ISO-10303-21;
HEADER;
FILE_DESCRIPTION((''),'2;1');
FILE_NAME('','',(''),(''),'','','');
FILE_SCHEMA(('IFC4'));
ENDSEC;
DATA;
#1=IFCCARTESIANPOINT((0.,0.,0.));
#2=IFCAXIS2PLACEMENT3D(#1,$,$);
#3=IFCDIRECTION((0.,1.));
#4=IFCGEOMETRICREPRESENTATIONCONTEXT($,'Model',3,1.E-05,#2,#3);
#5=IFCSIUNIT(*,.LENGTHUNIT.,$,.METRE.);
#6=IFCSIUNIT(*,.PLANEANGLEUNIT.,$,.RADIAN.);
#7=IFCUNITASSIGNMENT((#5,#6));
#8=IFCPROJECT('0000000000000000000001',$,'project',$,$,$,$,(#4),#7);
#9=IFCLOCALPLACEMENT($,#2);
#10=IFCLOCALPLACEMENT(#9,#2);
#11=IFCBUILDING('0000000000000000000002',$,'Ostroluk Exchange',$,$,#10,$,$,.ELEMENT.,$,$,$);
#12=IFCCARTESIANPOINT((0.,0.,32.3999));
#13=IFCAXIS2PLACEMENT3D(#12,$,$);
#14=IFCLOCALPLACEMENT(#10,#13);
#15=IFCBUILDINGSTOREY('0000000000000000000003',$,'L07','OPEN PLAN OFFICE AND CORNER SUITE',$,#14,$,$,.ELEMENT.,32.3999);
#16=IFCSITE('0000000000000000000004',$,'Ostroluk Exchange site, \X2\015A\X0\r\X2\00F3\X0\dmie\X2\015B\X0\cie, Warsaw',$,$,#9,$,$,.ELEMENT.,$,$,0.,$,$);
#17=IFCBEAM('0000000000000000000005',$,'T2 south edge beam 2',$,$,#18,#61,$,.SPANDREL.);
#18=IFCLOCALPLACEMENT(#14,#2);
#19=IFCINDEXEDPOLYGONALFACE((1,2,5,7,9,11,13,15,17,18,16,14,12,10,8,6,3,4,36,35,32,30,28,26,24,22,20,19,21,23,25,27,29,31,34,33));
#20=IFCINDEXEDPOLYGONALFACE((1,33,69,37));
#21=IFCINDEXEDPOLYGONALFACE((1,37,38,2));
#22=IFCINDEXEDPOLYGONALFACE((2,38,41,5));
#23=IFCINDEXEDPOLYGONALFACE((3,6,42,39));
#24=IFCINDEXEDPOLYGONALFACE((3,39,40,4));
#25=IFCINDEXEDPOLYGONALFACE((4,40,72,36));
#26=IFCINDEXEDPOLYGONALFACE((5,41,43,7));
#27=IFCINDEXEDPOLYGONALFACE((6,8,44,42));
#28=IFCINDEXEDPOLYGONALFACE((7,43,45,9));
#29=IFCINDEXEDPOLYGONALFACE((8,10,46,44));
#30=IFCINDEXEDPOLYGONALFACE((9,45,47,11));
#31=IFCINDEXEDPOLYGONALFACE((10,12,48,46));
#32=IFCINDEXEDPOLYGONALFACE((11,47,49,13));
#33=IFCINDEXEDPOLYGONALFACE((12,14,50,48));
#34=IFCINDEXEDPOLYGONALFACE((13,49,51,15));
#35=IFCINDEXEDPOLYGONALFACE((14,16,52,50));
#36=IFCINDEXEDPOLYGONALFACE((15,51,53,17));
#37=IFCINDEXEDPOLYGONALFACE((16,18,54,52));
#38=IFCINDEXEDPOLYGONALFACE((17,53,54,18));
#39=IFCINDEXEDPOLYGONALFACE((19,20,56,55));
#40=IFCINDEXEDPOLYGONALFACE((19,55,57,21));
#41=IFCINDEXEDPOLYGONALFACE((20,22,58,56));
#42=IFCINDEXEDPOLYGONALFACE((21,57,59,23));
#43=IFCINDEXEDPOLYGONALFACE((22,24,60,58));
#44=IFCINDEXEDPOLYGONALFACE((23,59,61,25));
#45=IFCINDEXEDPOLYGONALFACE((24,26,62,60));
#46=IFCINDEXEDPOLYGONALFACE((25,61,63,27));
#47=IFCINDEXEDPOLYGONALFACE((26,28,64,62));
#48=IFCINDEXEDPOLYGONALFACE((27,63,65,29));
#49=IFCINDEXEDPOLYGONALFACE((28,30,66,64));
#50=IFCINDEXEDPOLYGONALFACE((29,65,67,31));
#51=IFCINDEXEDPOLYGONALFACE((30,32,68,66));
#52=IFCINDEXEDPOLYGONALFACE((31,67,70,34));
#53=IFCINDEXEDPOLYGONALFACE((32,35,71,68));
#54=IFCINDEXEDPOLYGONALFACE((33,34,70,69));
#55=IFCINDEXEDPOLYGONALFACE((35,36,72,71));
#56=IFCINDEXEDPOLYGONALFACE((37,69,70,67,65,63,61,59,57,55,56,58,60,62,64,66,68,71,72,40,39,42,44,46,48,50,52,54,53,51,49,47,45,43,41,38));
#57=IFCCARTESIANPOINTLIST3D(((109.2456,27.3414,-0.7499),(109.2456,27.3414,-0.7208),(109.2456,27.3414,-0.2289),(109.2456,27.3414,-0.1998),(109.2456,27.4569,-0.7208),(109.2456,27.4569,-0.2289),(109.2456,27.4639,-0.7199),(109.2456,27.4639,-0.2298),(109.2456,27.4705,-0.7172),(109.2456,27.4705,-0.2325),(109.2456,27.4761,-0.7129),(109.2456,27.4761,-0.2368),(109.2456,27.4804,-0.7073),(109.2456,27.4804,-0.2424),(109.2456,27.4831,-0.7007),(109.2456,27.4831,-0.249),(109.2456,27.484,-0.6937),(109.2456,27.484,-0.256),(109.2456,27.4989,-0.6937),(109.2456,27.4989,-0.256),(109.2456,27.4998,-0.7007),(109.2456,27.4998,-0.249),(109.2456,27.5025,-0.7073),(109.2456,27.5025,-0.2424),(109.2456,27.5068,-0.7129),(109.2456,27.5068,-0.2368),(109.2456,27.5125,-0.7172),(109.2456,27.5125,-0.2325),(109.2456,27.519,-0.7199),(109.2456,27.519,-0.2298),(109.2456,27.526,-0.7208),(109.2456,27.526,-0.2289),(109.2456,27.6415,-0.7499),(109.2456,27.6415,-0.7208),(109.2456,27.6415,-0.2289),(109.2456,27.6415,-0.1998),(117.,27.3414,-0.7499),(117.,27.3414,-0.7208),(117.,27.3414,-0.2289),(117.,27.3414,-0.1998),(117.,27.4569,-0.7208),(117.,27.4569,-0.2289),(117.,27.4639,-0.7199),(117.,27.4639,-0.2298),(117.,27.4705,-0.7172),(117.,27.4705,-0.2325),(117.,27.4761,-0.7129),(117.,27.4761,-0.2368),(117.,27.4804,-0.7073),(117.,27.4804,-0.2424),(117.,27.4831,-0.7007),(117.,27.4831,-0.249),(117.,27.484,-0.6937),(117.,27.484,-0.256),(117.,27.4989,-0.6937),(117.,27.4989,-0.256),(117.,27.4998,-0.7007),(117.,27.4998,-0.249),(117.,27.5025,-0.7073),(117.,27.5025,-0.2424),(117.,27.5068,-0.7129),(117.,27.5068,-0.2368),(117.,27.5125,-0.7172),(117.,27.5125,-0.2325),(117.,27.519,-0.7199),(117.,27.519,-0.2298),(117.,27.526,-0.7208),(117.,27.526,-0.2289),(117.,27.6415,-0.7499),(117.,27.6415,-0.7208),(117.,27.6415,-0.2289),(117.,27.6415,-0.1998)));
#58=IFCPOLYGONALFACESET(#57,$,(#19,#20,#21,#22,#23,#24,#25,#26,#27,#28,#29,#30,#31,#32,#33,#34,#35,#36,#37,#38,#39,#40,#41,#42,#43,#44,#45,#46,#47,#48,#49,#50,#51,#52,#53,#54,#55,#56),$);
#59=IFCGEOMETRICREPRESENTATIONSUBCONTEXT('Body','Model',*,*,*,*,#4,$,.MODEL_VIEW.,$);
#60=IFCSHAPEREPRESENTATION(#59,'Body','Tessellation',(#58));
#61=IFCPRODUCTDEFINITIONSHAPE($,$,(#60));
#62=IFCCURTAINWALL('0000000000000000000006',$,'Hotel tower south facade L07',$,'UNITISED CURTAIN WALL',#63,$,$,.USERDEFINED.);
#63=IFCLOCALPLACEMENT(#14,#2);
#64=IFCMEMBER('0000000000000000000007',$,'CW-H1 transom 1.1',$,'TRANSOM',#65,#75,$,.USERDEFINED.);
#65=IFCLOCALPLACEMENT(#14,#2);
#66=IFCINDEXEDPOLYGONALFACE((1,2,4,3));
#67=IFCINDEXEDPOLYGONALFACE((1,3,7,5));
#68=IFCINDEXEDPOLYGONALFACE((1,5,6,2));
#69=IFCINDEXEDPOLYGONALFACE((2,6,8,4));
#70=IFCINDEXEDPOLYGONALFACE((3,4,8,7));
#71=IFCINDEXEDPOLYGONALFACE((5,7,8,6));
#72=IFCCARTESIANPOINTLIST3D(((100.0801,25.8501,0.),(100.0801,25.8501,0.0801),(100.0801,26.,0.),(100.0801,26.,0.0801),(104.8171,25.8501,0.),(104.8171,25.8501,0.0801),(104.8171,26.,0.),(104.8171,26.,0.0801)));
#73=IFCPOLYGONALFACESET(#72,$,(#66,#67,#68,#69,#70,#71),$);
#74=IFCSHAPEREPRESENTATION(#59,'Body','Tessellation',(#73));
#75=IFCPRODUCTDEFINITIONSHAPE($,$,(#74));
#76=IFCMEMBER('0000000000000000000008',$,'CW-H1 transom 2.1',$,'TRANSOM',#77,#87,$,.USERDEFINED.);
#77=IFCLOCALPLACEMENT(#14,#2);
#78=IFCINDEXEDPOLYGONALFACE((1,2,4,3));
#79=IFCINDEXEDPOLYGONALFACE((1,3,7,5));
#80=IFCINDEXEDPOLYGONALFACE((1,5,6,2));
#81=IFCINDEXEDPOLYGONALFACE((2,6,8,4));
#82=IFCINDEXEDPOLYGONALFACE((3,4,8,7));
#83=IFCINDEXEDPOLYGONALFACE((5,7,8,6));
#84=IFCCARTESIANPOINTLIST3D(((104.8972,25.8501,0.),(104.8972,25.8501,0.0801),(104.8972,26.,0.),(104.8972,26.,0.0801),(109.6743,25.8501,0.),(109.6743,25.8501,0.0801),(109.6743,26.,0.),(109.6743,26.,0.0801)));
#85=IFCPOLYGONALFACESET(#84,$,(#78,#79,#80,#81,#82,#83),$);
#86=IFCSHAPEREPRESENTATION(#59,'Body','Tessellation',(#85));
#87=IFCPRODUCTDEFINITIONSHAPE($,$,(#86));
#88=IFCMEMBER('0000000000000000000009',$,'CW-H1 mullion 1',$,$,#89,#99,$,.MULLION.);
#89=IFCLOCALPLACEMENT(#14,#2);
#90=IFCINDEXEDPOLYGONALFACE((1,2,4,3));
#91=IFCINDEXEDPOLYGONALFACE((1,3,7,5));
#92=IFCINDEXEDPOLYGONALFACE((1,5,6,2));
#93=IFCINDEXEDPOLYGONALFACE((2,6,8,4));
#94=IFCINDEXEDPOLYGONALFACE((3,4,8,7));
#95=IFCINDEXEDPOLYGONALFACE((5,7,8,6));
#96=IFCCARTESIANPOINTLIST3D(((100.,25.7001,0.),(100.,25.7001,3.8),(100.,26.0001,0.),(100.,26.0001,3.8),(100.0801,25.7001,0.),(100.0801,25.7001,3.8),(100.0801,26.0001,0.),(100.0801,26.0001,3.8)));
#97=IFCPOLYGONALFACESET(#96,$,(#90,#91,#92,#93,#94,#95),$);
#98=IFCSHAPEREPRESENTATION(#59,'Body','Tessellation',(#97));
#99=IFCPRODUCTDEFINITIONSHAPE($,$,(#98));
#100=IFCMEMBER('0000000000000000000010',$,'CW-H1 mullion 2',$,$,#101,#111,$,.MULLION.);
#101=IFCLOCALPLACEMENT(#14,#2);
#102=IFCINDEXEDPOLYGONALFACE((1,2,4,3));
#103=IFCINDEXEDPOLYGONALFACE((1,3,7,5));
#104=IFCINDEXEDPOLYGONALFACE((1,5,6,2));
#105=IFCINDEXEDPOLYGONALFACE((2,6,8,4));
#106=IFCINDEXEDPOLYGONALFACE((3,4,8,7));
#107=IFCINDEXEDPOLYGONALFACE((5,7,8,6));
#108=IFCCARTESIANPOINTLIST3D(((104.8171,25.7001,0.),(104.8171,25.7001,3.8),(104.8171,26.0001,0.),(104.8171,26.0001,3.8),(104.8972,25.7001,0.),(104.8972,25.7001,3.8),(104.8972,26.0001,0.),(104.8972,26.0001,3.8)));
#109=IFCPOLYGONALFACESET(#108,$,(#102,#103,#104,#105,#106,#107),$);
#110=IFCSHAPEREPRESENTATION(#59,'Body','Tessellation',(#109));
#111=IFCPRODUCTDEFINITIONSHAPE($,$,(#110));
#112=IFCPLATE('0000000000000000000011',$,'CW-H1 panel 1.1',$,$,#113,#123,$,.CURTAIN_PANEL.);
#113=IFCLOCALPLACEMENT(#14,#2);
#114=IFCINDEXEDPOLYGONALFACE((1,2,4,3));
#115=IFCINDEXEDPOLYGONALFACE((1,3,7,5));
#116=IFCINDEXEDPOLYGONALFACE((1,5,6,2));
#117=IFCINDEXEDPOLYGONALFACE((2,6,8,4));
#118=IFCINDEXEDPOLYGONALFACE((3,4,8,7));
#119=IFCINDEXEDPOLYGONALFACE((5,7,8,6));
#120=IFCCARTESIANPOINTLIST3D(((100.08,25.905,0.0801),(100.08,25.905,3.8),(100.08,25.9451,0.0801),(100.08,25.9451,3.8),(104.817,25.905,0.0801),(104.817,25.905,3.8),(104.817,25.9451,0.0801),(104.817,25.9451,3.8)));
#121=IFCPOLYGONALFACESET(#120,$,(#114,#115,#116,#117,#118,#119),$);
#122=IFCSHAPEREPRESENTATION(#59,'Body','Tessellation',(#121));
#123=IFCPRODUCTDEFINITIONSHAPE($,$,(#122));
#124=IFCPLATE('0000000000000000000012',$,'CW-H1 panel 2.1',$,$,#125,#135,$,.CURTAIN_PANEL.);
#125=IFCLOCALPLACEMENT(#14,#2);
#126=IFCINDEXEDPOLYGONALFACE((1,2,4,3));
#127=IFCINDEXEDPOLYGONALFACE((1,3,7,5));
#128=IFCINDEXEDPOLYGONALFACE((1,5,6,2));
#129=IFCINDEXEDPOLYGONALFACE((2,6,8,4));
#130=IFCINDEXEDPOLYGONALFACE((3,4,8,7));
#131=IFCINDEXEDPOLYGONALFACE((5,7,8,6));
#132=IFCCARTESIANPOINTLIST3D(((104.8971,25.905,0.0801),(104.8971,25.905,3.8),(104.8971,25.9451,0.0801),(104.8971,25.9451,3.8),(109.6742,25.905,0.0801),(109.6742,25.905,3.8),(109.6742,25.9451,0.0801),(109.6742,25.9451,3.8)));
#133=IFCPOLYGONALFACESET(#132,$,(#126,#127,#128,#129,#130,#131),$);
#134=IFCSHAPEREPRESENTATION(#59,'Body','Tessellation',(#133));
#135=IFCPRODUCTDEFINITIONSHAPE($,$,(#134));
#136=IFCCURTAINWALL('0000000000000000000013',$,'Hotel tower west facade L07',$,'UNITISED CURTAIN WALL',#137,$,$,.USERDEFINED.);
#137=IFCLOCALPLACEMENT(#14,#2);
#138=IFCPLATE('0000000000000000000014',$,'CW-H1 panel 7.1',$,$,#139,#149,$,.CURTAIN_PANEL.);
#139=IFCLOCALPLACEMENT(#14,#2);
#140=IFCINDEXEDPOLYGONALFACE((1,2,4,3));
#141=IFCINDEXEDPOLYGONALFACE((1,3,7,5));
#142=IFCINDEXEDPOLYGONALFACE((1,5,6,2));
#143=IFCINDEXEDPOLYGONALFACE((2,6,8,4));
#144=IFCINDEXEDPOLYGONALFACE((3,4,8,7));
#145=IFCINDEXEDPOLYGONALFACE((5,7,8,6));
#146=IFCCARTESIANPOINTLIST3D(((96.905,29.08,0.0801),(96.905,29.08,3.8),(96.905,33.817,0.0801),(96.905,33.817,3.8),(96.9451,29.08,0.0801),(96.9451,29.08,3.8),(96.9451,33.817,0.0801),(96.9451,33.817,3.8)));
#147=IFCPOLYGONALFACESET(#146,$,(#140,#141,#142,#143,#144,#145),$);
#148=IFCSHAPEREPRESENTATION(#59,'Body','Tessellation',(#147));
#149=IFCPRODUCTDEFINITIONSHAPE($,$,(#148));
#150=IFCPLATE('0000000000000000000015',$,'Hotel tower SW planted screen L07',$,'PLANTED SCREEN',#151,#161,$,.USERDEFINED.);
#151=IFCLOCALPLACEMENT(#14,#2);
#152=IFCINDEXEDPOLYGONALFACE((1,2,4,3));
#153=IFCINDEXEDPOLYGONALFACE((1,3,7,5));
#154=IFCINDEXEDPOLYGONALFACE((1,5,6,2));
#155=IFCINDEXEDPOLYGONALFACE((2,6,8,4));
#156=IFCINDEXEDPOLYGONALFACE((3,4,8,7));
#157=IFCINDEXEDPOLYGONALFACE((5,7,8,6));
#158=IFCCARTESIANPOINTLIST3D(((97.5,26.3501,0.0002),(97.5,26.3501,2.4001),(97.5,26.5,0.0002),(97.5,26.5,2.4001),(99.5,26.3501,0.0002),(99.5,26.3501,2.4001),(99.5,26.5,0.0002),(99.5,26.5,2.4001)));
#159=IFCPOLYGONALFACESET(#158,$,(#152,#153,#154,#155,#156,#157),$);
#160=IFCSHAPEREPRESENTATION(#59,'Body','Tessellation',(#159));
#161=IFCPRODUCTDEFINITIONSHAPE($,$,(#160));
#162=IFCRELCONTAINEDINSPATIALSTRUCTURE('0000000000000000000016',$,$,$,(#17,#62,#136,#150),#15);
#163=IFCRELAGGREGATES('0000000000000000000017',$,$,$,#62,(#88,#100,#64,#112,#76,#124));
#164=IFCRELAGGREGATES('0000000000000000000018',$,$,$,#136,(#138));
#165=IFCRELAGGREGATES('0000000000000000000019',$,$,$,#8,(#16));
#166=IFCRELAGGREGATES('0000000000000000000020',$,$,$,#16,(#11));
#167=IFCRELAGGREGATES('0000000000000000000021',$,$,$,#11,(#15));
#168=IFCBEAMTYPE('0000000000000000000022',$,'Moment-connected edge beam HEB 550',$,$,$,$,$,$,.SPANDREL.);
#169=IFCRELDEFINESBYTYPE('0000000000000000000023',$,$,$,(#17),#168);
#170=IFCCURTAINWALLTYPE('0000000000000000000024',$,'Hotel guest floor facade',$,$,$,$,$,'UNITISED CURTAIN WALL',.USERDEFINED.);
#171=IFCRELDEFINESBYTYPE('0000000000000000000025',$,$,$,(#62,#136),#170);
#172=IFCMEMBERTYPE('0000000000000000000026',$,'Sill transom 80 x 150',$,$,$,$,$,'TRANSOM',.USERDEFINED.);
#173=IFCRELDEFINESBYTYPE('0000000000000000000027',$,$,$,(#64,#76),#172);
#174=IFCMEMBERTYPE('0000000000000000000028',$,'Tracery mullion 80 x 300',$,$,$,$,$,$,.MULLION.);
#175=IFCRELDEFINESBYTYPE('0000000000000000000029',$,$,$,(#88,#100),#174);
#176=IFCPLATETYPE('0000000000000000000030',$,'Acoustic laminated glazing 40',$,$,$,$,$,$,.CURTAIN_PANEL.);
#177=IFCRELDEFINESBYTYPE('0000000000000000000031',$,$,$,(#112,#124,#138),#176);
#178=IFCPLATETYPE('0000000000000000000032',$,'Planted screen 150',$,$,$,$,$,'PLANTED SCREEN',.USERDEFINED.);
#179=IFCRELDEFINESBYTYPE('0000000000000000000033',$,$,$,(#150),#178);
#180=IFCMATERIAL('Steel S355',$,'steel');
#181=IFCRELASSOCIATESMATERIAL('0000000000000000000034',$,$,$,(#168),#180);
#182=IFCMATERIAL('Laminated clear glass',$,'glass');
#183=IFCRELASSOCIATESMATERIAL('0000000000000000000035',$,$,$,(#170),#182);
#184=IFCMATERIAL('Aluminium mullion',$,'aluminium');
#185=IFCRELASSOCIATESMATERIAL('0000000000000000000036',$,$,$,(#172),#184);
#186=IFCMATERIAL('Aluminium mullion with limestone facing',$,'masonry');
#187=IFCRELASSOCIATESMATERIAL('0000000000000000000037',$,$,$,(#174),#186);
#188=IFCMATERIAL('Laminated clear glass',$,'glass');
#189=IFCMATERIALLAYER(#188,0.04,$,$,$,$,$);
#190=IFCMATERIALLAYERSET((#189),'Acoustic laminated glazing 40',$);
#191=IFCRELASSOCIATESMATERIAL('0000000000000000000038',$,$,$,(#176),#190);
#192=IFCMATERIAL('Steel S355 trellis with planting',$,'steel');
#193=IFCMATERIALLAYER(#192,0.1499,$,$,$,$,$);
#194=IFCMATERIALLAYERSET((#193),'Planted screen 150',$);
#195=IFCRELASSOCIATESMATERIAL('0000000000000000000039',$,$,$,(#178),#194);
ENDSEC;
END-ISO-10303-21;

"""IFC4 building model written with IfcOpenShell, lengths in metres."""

from ifc_helpers import new_model, si_unit, direction, frame, origin, origin_2d, place, context, subcontext, project, spatial, rectangle, i_section, extrude, material, layer, layer_set, material_profile, profile_set, type_object, element, aggregate, save


model = new_model("IFC4")

# Units and contexts
model_context = context("Model", 3, precision=1e-05, world=origin(), true_north=direction((0.0, 1.0)))
body_context = subcontext(model_context, "Body", "Model", "MODEL_VIEW")
ifc_project = project(units=[si_unit("LENGTHUNIT", "METRE"), si_unit("PLANEANGLEUNIT", "RADIAN")], contexts=[model_context])

# Site, building, storey
site_placement = place(None, origin())
site = spatial("IfcSite", under=ifc_project, at=site_placement, Name="Ostroluk Exchange site, Śródmieście, Warsaw", CompositionType="ELEMENT", RefElevation=0.0)
building_placement = place(site_placement, origin())
building = spatial("IfcBuilding", under=site, at=building_placement, Name="Ostroluk Exchange", CompositionType="ELEMENT")
storey_placement = place(building_placement, frame((0.0, 0.0, 32.3999)))
storey = spatial("IfcBuildingStorey", under=building, at=storey_placement, Name="L07", Description="OPEN PLAN OFFICE AND CORNER SUITE", CompositionType="ELEMENT", Elevation=32.3999)

# Beam
ifc_material_1 = material(Name="Steel S355", Category="steel")
ifc_material_profile_1 = material_profile(ifc_material_1, i_section(OverallWidth=0.3, OverallDepth=0.55, WebThickness=0.0149, FlangeThickness=0.0291, FilletRadius=0.0271, at=origin_2d()), Name="HEB 550")
ifc_profile_set_1 = profile_set([ifc_material_profile_1], Name="Steel S355")
beam_type_1 = type_object("IfcBeamType", Name="Moment-connected edge beam HEB 550", PredefinedType="SPANDREL", material=ifc_profile_set_1)
beam_1_placement = place(storey_placement, frame((109.2456, 27.4915, -0.4749), z_axis=(1.0, 0.0, 0.0), x_axis=(0.0, 1.0, 0.0)))
element("IfcBeam", 1, at=beam_1_placement, inside=storey, type_object=beam_type_1, Name="T2 south edge beam 2", PredefinedType="SPANDREL", context=body_context, shape_type="SweptSolid", body=[
    extrude(i_section(OverallWidth=0.3, OverallDepth=0.55, WebThickness=0.0149, FlangeThickness=0.0291, FilletRadius=0.0271, at=origin_2d()), origin(), (0.0, 0.0, 1.0), 7.7544),
])

# Curtain wall, members, plates
ifc_material_2 = material(Name="Laminated clear glass", Category="glass")
curtain_wall_type = type_object("IfcCurtainWallType", Name="Hotel guest floor facade", ElementType="UNITISED CURTAIN WALL", PredefinedType="USERDEFINED", material=ifc_material_2)
curtain_wall_1_placement = place(storey_placement, origin())
curtain_wall_1 = element("IfcCurtainWall", 2, at=curtain_wall_1_placement, inside=storey, type_object=curtain_wall_type, Name="Hotel tower south facade L07", ObjectType="UNITISED CURTAIN WALL", PredefinedType="USERDEFINED")
ifc_material_3 = material(Name="Aluminium mullion", Category="aluminium")
ifc_material_profile_2 = material_profile(ifc_material_3, rectangle(XDim=0.1499, YDim=0.0801, at=origin_2d()), Name="Sill transom 80 x 150")
ifc_profile_set_2 = profile_set([ifc_material_profile_2], Name="Aluminium mullion")
member_type_1 = type_object("IfcMemberType", Name="Sill transom 80 x 150", ElementType="TRANSOM", PredefinedType="USERDEFINED", material=ifc_profile_set_2)
member_1_placement = place(storey_placement, frame((100.0801, 25.925, 0.04), z_axis=(1.0, 0.0, 0.0), x_axis=(0.0, 1.0, 0.0)))
member_1 = element("IfcMember", 3, at=member_1_placement, type_object=member_type_1, Name="CW-H1 transom 1.1", ObjectType="TRANSOM", PredefinedType="USERDEFINED", context=body_context, shape_type="SweptSolid", body=[
    extrude(rectangle(XDim=0.1499, YDim=0.0801, at=origin_2d()), origin(), (0.0, 0.0, 1.0), 4.7371),
])
member_2_placement = place(storey_placement, frame((104.8972, 25.925, 0.04), z_axis=(1.0, 0.0, 0.0), x_axis=(0.0, 1.0, 0.0)))
member_2 = element("IfcMember", 4, at=member_2_placement, type_object=member_type_1, Name="CW-H1 transom 2.1", ObjectType="TRANSOM", PredefinedType="USERDEFINED", context=body_context, shape_type="SweptSolid", body=[
    extrude(rectangle(XDim=0.1499, YDim=0.0801, at=origin_2d()), origin(), (0.0, 0.0, 1.0), 4.7771),
])
ifc_material_4 = material(Name="Aluminium mullion with limestone facing", Category="masonry")
ifc_material_profile_3 = material_profile(ifc_material_4, rectangle(XDim=0.3, YDim=0.0801, at=origin_2d()), Name="Tracery mullion 80 x 300")
ifc_profile_set_3 = profile_set([ifc_material_profile_3], Name="Aluminium mullion with limestone facing")
member_type_2 = type_object("IfcMemberType", Name="Tracery mullion 80 x 300", PredefinedType="MULLION", material=ifc_profile_set_3)
member_3_placement = place(storey_placement, frame((100.04, 25.8501, 0.0), z_axis=(0.0, 0.0, 1.0), x_axis=(0.0, 1.0, 0.0)))
member_3 = element("IfcMember", 5, at=member_3_placement, type_object=member_type_2, Name="CW-H1 mullion 1", PredefinedType="MULLION", context=body_context, shape_type="SweptSolid", body=[
    extrude(rectangle(XDim=0.3, YDim=0.0801, at=origin_2d()), origin(), (0.0, 0.0, 1.0), 3.8),
])
member_4_placement = place(storey_placement, frame((104.8572, 25.8501, 0.0), z_axis=(0.0, 0.0, 1.0), x_axis=(0.0, 1.0, 0.0)))
member_4 = element("IfcMember", 6, at=member_4_placement, type_object=member_type_2, Name="CW-H1 mullion 2", PredefinedType="MULLION", context=body_context, shape_type="SweptSolid", body=[
    extrude(rectangle(XDim=0.3, YDim=0.0801, at=origin_2d()), origin(), (0.0, 0.0, 1.0), 3.8),
])
ifc_material_5 = material(Name="Laminated clear glass", Category="glass")
ifc_layer_1 = layer(ifc_material_5, 0.04)
ifc_layer_set_1 = layer_set([ifc_layer_1], Name="Acoustic laminated glazing 40")
plate_type_1 = type_object("IfcPlateType", Name="Acoustic laminated glazing 40", PredefinedType="CURTAIN_PANEL", material=ifc_layer_set_1)
plate_1_placement = place(storey_placement, frame((102.4485, 25.925, 0.0801), z_axis=(0.0, 0.0, 1.0), x_axis=(1.0, 0.0, 0.0)))
plate_1 = element("IfcPlate", 7, at=plate_1_placement, type_object=plate_type_1, Name="CW-H1 panel 1.1", PredefinedType="CURTAIN_PANEL", context=body_context, shape_type="SweptSolid", body=[
    extrude(rectangle(XDim=4.7371, YDim=0.04, at=origin_2d()), origin(), (0.0, 0.0, 1.0), 3.72),
])
plate_2_placement = place(storey_placement, frame((107.2856, 25.925, 0.0801), z_axis=(0.0, 0.0, 1.0), x_axis=(1.0, 0.0, 0.0)))
plate_2 = element("IfcPlate", 8, at=plate_2_placement, type_object=plate_type_1, Name="CW-H1 panel 2.1", PredefinedType="CURTAIN_PANEL", context=body_context, shape_type="SweptSolid", body=[
    extrude(rectangle(XDim=4.7771, YDim=0.04, at=origin_2d()), origin(), (0.0, 0.0, 1.0), 3.72),
])
aggregate(curtain_wall_1, [member_3, member_4, member_1, plate_1, member_2, plate_2])

# Curtain wall, plate
curtain_wall_2_placement = place(storey_placement, origin())
curtain_wall_2 = element("IfcCurtainWall", 9, at=curtain_wall_2_placement, inside=storey, type_object=curtain_wall_type, Name="Hotel tower west facade L07", ObjectType="UNITISED CURTAIN WALL", PredefinedType="USERDEFINED")
plate_3_placement = place(storey_placement, frame((96.925, 31.4485, 0.0801), z_axis=(0.0, 0.0, 1.0), x_axis=(0.0, -1.0, 0.0)))
plate_3 = element("IfcPlate", 10, at=plate_3_placement, type_object=plate_type_1, Name="CW-H1 panel 7.1", PredefinedType="CURTAIN_PANEL", context=body_context, shape_type="SweptSolid", body=[
    extrude(rectangle(XDim=4.7371, YDim=0.04, at=origin_2d()), origin(), (0.0, 0.0, 1.0), 3.72),
])
aggregate(curtain_wall_2, [plate_3])

# Plate
ifc_material_6 = material(Name="Steel S355 trellis with planting", Category="steel")
ifc_layer_2 = layer(ifc_material_6, 0.1499)
ifc_layer_set_2 = layer_set([ifc_layer_2], Name="Planted screen 150")
plate_type_2 = type_object("IfcPlateType", Name="Planted screen 150", ElementType="PLANTED SCREEN", PredefinedType="USERDEFINED", material=ifc_layer_set_2)
plate_4_placement = place(storey_placement, frame((98.5, 26.425, 0.0002), z_axis=(0.0, 0.0, 1.0), x_axis=(1.0, 0.0, 0.0)))
element("IfcPlate", 11, at=plate_4_placement, inside=storey, type_object=plate_type_2, Name="Hotel tower SW planted screen L07", ObjectType="PLANTED SCREEN", PredefinedType="USERDEFINED", context=body_context, shape_type="SweptSolid", body=[
    extrude(rectangle(XDim=2.0, YDim=0.1499, at=origin_2d()), origin(), (0.0, 0.0, 1.0), 2.3999),
])

save(model, "model.ifc")
